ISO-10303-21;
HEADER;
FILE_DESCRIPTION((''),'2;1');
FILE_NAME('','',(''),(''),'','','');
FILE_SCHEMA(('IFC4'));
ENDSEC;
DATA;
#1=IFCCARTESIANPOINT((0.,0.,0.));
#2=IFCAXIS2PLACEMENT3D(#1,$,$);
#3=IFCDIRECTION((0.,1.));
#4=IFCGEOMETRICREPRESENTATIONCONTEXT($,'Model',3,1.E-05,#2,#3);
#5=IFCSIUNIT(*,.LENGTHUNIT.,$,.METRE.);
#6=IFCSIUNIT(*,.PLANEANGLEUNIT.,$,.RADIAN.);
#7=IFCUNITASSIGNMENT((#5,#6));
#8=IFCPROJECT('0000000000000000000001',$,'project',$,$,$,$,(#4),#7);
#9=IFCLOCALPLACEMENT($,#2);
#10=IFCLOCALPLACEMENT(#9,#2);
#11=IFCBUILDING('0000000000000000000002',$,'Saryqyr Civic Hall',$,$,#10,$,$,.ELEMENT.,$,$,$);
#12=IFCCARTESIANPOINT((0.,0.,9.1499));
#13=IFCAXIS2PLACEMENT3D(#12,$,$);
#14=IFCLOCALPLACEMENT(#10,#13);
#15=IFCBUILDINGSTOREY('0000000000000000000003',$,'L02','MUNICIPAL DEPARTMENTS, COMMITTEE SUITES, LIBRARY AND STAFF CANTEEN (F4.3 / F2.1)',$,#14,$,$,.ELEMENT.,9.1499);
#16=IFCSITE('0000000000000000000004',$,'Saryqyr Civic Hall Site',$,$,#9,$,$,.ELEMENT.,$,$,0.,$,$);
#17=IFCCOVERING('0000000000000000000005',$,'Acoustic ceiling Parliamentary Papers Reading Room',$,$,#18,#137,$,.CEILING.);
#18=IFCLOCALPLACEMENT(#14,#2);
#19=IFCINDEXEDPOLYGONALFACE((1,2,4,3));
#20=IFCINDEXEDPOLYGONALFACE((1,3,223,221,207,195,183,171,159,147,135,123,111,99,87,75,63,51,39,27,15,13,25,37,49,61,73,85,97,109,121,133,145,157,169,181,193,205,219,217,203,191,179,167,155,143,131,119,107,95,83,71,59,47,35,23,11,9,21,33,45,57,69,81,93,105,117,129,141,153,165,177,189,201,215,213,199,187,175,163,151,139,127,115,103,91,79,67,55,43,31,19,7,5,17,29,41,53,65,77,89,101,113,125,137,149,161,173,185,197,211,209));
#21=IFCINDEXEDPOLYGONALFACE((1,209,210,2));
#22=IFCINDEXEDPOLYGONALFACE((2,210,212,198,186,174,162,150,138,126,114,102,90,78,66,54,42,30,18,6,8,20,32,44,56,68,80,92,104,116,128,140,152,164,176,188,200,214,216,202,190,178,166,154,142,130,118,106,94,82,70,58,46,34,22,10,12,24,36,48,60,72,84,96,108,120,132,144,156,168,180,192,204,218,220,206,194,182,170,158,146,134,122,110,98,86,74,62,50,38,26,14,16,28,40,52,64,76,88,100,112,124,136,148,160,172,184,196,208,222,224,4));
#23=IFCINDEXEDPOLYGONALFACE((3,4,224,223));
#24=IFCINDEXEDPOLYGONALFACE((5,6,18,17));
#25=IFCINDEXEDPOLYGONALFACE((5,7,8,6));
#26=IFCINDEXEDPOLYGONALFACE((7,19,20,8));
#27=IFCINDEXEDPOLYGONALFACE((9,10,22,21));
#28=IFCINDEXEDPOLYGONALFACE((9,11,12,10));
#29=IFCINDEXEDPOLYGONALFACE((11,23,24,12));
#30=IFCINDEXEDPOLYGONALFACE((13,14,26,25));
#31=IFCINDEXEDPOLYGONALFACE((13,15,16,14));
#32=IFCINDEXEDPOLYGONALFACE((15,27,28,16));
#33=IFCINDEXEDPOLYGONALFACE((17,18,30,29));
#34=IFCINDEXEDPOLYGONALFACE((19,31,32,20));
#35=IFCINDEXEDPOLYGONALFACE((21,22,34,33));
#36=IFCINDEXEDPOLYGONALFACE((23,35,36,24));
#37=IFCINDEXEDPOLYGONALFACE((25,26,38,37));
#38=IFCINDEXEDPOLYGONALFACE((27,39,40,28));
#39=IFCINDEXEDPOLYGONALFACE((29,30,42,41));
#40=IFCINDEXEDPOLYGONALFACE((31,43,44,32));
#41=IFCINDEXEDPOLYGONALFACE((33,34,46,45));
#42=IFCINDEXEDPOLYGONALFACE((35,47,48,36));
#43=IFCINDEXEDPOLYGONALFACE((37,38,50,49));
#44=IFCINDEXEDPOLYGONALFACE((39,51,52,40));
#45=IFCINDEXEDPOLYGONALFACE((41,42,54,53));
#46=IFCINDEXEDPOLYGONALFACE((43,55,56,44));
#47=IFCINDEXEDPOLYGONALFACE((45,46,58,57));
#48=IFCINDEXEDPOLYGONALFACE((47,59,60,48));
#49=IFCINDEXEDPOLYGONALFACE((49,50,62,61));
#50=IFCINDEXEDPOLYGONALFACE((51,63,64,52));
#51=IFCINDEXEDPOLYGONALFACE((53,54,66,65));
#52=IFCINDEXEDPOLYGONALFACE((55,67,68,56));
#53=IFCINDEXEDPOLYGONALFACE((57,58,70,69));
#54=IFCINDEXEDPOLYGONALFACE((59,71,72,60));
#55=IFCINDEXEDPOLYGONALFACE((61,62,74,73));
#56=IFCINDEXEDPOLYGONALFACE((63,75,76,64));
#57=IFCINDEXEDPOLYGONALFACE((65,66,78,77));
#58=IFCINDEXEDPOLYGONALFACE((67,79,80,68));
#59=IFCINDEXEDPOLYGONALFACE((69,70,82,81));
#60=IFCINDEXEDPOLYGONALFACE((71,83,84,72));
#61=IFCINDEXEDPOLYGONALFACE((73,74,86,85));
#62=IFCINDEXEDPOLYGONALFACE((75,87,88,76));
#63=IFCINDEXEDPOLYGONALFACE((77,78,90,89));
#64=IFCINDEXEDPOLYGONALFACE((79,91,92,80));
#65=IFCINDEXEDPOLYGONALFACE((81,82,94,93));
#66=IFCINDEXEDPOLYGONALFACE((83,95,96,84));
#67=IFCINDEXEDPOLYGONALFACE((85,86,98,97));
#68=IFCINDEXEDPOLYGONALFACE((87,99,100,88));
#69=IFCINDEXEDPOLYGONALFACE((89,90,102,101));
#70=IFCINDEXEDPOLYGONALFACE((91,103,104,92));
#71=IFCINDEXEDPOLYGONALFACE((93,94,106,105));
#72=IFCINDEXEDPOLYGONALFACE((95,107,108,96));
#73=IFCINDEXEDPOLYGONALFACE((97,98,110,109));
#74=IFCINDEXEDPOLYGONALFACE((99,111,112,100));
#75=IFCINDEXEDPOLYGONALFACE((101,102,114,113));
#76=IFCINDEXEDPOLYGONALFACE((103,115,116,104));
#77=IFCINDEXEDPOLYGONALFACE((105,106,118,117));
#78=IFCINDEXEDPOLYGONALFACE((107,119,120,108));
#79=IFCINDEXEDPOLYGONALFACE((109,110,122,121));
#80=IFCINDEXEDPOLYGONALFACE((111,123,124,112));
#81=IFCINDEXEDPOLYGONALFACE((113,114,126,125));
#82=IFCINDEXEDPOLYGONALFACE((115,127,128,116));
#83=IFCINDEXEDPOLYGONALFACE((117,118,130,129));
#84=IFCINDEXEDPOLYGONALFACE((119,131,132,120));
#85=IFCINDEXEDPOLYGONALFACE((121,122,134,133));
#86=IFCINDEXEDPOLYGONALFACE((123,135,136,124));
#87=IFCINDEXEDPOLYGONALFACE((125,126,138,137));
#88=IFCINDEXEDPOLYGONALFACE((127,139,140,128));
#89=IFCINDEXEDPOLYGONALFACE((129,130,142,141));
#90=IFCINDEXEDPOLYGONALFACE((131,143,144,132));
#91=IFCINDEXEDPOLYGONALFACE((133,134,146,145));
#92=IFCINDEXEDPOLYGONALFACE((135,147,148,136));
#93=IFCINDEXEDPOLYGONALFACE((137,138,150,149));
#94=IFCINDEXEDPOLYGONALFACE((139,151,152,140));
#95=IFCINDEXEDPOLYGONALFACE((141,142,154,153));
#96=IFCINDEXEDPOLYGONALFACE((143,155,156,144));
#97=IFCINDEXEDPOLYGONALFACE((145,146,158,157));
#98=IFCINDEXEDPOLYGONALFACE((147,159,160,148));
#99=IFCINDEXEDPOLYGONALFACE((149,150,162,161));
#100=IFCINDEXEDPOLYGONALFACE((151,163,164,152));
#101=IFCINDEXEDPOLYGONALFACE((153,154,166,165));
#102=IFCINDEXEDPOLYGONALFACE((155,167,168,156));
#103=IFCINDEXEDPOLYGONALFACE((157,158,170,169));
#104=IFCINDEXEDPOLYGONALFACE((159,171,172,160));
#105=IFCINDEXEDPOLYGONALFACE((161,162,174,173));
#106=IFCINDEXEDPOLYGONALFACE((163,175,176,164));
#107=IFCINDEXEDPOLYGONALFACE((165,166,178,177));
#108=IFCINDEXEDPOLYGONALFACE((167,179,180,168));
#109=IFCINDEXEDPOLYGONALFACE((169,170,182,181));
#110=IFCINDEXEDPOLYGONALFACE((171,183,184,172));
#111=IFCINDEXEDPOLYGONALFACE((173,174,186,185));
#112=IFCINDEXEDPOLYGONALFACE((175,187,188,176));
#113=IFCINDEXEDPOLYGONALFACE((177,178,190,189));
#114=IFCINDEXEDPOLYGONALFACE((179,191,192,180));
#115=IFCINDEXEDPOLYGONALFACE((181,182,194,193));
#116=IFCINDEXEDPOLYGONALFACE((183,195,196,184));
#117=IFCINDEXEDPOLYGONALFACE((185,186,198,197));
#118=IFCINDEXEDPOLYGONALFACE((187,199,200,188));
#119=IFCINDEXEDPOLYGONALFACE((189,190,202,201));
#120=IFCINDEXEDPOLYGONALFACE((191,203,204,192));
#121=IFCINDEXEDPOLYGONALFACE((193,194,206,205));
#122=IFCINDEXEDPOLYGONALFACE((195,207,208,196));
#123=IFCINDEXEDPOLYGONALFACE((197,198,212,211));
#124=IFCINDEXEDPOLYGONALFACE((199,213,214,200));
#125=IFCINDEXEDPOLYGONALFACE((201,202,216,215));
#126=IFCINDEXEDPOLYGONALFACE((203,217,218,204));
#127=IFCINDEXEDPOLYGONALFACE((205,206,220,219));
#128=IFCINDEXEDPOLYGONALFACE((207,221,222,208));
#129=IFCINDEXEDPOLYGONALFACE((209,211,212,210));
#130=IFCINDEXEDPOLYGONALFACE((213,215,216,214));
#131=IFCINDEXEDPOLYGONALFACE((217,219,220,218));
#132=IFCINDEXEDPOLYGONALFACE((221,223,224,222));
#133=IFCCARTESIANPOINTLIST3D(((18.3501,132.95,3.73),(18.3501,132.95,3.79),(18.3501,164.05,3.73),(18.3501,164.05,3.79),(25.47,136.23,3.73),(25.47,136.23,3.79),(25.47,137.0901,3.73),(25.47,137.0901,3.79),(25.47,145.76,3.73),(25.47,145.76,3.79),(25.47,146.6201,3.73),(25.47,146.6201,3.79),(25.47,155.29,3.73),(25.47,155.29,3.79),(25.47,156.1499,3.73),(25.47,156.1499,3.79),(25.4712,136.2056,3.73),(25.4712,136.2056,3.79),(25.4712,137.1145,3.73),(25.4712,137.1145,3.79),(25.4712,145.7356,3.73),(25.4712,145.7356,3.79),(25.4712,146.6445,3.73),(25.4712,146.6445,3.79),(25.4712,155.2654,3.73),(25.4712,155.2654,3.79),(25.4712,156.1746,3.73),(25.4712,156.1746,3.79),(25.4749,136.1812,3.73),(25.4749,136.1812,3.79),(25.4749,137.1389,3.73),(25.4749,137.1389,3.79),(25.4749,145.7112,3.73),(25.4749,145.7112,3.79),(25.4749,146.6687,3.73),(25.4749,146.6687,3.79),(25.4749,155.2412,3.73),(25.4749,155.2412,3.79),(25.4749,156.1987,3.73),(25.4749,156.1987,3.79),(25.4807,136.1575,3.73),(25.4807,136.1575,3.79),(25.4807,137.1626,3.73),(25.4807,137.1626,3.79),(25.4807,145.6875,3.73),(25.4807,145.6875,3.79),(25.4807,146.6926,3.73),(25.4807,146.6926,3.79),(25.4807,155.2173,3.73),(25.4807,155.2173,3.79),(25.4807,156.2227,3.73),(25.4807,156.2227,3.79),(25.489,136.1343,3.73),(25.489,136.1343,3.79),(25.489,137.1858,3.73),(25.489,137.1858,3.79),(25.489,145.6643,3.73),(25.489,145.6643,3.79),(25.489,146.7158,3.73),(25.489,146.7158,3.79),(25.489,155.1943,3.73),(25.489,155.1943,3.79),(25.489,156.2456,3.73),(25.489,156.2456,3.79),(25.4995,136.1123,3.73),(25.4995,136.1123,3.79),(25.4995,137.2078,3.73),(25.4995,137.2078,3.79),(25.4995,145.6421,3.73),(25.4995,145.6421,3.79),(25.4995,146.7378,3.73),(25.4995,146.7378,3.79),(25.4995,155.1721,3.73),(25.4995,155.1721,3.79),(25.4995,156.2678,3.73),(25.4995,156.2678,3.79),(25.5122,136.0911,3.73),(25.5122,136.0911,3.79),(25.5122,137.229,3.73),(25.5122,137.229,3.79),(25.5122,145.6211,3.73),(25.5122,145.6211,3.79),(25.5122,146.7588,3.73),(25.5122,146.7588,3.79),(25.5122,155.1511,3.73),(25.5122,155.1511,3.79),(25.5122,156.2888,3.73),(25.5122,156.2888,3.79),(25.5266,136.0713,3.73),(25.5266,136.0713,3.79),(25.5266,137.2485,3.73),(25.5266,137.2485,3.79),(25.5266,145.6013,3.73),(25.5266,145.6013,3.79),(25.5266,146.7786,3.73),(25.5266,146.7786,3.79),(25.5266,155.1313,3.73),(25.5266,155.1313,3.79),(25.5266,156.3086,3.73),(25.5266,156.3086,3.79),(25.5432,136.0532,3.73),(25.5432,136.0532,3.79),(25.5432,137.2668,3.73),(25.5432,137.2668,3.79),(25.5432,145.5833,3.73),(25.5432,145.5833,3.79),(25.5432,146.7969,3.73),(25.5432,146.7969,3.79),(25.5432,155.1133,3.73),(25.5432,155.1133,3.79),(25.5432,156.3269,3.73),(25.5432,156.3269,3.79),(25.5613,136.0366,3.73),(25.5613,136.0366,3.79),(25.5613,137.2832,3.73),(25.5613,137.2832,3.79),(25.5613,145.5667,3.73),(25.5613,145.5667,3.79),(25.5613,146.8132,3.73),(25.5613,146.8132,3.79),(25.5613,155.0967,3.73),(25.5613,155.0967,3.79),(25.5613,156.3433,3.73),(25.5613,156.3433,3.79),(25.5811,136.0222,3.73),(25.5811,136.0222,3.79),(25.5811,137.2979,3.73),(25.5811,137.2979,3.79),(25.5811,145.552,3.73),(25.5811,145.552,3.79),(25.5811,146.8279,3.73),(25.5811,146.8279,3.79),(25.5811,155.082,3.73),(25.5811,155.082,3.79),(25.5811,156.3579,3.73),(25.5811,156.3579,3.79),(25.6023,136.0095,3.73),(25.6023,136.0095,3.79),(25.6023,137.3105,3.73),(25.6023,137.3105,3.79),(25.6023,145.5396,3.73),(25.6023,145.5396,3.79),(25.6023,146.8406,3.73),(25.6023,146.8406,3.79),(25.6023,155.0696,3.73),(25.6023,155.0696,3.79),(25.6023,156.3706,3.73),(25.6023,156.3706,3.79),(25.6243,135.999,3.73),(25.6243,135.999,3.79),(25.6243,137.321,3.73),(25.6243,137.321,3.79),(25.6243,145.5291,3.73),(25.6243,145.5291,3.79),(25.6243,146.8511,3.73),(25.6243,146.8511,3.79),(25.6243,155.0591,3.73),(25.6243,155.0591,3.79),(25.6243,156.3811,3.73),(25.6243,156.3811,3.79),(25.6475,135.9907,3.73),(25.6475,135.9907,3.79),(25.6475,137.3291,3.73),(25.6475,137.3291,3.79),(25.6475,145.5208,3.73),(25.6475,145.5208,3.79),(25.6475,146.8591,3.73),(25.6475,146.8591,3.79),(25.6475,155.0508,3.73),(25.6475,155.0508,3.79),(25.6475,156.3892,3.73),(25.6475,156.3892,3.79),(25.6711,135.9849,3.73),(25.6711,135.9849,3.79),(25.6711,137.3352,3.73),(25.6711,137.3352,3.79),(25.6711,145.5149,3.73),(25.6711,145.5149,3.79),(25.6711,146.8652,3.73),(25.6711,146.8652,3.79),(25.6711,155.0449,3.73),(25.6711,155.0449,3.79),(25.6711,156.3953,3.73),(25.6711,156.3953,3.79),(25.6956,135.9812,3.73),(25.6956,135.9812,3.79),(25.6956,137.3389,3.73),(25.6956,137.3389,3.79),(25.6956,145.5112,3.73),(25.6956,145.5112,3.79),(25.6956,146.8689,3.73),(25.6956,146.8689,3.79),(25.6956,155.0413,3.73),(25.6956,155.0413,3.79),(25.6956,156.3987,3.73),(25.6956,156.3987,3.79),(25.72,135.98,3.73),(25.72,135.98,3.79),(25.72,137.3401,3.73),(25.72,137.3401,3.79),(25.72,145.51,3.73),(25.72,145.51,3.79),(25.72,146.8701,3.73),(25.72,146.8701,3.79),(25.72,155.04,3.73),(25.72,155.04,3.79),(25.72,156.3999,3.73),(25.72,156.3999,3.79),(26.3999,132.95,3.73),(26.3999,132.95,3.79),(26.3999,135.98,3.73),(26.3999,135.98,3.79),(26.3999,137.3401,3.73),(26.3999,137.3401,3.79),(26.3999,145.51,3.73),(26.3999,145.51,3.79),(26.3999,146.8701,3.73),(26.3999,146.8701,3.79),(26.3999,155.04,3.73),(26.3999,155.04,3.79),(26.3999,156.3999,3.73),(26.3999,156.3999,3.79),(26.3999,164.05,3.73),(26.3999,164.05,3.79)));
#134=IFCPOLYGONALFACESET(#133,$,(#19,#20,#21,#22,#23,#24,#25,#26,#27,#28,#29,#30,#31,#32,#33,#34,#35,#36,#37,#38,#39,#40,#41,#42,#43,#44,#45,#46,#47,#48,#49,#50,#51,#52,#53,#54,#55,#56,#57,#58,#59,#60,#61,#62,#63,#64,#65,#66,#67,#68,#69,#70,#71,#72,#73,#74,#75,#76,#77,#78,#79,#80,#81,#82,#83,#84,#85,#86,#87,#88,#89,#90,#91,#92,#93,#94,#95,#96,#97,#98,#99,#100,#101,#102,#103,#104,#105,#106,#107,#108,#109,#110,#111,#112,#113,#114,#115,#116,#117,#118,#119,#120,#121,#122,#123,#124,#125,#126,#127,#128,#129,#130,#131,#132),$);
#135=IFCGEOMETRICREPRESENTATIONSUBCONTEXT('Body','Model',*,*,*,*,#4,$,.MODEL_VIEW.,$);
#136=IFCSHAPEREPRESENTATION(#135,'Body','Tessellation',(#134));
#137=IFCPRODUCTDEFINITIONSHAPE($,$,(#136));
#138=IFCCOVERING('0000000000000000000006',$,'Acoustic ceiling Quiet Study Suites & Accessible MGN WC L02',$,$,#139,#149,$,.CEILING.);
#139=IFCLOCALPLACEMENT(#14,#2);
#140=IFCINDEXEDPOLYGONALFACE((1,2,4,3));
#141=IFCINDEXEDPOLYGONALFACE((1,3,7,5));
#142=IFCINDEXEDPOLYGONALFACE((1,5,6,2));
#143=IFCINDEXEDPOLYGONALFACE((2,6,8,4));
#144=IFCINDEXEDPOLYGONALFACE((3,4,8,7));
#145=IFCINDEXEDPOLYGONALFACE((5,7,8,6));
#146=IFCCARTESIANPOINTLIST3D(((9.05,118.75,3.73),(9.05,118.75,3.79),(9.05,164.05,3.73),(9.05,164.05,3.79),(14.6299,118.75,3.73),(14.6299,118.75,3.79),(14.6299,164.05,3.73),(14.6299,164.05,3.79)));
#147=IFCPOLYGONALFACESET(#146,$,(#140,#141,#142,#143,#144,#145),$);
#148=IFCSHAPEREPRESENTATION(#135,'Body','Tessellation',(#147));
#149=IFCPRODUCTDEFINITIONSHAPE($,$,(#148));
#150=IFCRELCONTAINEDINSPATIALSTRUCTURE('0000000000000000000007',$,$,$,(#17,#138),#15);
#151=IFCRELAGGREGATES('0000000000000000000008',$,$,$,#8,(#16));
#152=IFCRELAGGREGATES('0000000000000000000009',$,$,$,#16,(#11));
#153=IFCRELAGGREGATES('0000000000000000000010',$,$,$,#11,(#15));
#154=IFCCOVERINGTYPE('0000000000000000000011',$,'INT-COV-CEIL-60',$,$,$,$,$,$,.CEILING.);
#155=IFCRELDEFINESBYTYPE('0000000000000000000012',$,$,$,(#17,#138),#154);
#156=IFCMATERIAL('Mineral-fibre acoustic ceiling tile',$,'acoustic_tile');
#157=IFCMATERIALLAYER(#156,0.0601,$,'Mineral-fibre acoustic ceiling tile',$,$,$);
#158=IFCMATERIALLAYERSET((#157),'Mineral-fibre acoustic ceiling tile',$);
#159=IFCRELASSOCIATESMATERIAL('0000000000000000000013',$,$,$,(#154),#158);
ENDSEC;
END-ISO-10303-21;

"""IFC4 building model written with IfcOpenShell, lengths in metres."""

from ifc_helpers import new_model, si_unit, direction, frame, origin, place, context, subcontext, project, spatial, polyline, outline, extrude, material, layer, layer_set, type_object, element, save


model = new_model("IFC4")

# Units and contexts
model_context = context("Model", 3, precision=1e-05, world=origin(), true_north=direction((0.0, 1.0)))
body_context = subcontext(model_context, "Body", "Model", "MODEL_VIEW")
ifc_project = project(units=[si_unit("LENGTHUNIT", "METRE"), si_unit("PLANEANGLEUNIT", "RADIAN")], contexts=[model_context])

# Site, building, storey
site_placement = place(None, origin())
site = spatial("IfcSite", under=ifc_project, at=site_placement, Name="Saryqyr Civic Hall Site", CompositionType="ELEMENT", RefElevation=0.0)
building_placement = place(site_placement, origin())
building = spatial("IfcBuilding", under=site, at=building_placement, Name="Saryqyr Civic Hall", CompositionType="ELEMENT")
storey_placement = place(building_placement, frame((0.0, 0.0, 9.1499)))
storey = spatial("IfcBuildingStorey", under=building, at=storey_placement, Name="L02", Description="MUNICIPAL DEPARTMENTS, COMMITTEE SUITES, LIBRARY AND STAFF CANTEEN (F4.3 / F2.1)", CompositionType="ELEMENT", Elevation=9.1499)

# Coverings
ifc_material_1 = material(Name="Mineral-fibre acoustic ceiling tile", Category="acoustic_tile")
ifc_layer_1 = layer(ifc_material_1, 0.0601, Name="Mineral-fibre acoustic ceiling tile")
ifc_layer_set_1 = layer_set([ifc_layer_1], Name="Mineral-fibre acoustic ceiling tile")
covering_type = type_object("IfcCoveringType", Name="INT-COV-CEIL-60", PredefinedType="CEILING", material=ifc_layer_set_1)
covering_1_placement = place(storey_placement, frame((0.0, 0.0, 3.73)))
element("IfcCovering", 1, at=covering_1_placement, inside=storey, type_object=covering_type, Name="Acoustic ceiling Parliamentary Papers Reading Room", PredefinedType="CEILING", context=body_context, shape_type="SweptSolid", body=[
    extrude(outline(polyline([(18.3501, 132.95), (18.3501, 164.05), (26.3999, 164.05), (26.3999, 156.3999), (25.72, 156.3999), (25.6956, 156.3987), (25.6711, 156.3953), (25.6475, 156.3892), (25.6243, 156.3811), (25.6023, 156.3706), (25.5811, 156.3579), (25.5613, 156.3433), (25.5432, 156.3269), (25.5266, 156.3086), (25.5122, 156.2888), (25.4995, 156.2678), (25.489, 156.2456), (25.4807, 156.2227), (25.4749, 156.1987), (25.4712, 156.1746), (25.47, 156.1499), (25.47, 155.29), (25.4712, 155.2654), (25.4749, 155.2412), (25.4807, 155.2173), (25.489, 155.1943), (25.4995, 155.1721), (25.5122, 155.1511), (25.5266, 155.1313), (25.5432, 155.1133), (25.5613, 155.0967), (25.5811, 155.082), (25.6023, 155.0696), (25.6243, 155.0591), (25.6475, 155.0508), (25.6711, 155.0449), (25.6956, 155.0413), (25.72, 155.04), (26.3999, 155.04), (26.3999, 146.8701), (25.72, 146.8701), (25.6956, 146.8689), (25.6711, 146.8652), (25.6475, 146.8591), (25.6243, 146.8511), (25.6023, 146.8406), (25.5811, 146.8279), (25.5613, 146.8132), (25.5432, 146.7969), (25.5266, 146.7786), (25.5122, 146.7588), (25.4995, 146.7378), (25.489, 146.7158), (25.4807, 146.6926), (25.4749, 146.6687), (25.4712, 146.6445), (25.47, 146.6201), (25.47, 145.76), (25.4712, 145.7356), (25.4749, 145.7112), (25.4807, 145.6875), (25.489, 145.6643), (25.4995, 145.6421), (25.5122, 145.6211), (25.5266, 145.6013), (25.5432, 145.5833), (25.5613, 145.5667), (25.5811, 145.552), (25.6023, 145.5396), (25.6243, 145.5291), (25.6475, 145.5208), (25.6711, 145.5149), (25.6956, 145.5112), (25.72, 145.51), (26.3999, 145.51), (26.3999, 137.3401), (25.72, 137.3401), (25.6956, 137.3389), (25.6711, 137.3352), (25.6475, 137.3291), (25.6243, 137.321), (25.6023, 137.3105), (25.5811, 137.2979), (25.5613, 137.2832), (25.5432, 137.2668), (25.5266, 137.2485), (25.5122, 137.229), (25.4995, 137.2078), (25.489, 137.1858), (25.4807, 137.1626), (25.4749, 137.1389), (25.4712, 137.1145), (25.47, 137.0901), (25.47, 136.23), (25.4712, 136.2056), (25.4749, 136.1812), (25.4807, 136.1575), (25.489, 136.1343), (25.4995, 136.1123), (25.5122, 136.0911), (25.5266, 136.0713), (25.5432, 136.0532), (25.5613, 136.0366), (25.5811, 136.0222), (25.6023, 136.0095), (25.6243, 135.999), (25.6475, 135.9907), (25.6711, 135.9849), (25.6956, 135.9812), (25.72, 135.98), (26.3999, 135.98), (26.3999, 132.95), (18.3501, 132.95)])), origin(), (0.0, 0.0, 1.0), 0.0601),
])
covering_2_placement = place(storey_placement, frame((0.0, 0.0, 3.73)))
element("IfcCovering", 2, at=covering_2_placement, inside=storey, type_object=covering_type, Name="Acoustic ceiling Quiet Study Suites & Accessible MGN WC L02", PredefinedType="CEILING", context=body_context, shape_type="SweptSolid", body=[
    extrude(outline(polyline([(9.05, 118.75), (9.05, 164.05), (14.6299, 164.05), (14.6299, 118.75), (9.05, 118.75)])), origin(), (0.0, 0.0, 1.0), 0.0601),
])

save(model, "model.ifc")
